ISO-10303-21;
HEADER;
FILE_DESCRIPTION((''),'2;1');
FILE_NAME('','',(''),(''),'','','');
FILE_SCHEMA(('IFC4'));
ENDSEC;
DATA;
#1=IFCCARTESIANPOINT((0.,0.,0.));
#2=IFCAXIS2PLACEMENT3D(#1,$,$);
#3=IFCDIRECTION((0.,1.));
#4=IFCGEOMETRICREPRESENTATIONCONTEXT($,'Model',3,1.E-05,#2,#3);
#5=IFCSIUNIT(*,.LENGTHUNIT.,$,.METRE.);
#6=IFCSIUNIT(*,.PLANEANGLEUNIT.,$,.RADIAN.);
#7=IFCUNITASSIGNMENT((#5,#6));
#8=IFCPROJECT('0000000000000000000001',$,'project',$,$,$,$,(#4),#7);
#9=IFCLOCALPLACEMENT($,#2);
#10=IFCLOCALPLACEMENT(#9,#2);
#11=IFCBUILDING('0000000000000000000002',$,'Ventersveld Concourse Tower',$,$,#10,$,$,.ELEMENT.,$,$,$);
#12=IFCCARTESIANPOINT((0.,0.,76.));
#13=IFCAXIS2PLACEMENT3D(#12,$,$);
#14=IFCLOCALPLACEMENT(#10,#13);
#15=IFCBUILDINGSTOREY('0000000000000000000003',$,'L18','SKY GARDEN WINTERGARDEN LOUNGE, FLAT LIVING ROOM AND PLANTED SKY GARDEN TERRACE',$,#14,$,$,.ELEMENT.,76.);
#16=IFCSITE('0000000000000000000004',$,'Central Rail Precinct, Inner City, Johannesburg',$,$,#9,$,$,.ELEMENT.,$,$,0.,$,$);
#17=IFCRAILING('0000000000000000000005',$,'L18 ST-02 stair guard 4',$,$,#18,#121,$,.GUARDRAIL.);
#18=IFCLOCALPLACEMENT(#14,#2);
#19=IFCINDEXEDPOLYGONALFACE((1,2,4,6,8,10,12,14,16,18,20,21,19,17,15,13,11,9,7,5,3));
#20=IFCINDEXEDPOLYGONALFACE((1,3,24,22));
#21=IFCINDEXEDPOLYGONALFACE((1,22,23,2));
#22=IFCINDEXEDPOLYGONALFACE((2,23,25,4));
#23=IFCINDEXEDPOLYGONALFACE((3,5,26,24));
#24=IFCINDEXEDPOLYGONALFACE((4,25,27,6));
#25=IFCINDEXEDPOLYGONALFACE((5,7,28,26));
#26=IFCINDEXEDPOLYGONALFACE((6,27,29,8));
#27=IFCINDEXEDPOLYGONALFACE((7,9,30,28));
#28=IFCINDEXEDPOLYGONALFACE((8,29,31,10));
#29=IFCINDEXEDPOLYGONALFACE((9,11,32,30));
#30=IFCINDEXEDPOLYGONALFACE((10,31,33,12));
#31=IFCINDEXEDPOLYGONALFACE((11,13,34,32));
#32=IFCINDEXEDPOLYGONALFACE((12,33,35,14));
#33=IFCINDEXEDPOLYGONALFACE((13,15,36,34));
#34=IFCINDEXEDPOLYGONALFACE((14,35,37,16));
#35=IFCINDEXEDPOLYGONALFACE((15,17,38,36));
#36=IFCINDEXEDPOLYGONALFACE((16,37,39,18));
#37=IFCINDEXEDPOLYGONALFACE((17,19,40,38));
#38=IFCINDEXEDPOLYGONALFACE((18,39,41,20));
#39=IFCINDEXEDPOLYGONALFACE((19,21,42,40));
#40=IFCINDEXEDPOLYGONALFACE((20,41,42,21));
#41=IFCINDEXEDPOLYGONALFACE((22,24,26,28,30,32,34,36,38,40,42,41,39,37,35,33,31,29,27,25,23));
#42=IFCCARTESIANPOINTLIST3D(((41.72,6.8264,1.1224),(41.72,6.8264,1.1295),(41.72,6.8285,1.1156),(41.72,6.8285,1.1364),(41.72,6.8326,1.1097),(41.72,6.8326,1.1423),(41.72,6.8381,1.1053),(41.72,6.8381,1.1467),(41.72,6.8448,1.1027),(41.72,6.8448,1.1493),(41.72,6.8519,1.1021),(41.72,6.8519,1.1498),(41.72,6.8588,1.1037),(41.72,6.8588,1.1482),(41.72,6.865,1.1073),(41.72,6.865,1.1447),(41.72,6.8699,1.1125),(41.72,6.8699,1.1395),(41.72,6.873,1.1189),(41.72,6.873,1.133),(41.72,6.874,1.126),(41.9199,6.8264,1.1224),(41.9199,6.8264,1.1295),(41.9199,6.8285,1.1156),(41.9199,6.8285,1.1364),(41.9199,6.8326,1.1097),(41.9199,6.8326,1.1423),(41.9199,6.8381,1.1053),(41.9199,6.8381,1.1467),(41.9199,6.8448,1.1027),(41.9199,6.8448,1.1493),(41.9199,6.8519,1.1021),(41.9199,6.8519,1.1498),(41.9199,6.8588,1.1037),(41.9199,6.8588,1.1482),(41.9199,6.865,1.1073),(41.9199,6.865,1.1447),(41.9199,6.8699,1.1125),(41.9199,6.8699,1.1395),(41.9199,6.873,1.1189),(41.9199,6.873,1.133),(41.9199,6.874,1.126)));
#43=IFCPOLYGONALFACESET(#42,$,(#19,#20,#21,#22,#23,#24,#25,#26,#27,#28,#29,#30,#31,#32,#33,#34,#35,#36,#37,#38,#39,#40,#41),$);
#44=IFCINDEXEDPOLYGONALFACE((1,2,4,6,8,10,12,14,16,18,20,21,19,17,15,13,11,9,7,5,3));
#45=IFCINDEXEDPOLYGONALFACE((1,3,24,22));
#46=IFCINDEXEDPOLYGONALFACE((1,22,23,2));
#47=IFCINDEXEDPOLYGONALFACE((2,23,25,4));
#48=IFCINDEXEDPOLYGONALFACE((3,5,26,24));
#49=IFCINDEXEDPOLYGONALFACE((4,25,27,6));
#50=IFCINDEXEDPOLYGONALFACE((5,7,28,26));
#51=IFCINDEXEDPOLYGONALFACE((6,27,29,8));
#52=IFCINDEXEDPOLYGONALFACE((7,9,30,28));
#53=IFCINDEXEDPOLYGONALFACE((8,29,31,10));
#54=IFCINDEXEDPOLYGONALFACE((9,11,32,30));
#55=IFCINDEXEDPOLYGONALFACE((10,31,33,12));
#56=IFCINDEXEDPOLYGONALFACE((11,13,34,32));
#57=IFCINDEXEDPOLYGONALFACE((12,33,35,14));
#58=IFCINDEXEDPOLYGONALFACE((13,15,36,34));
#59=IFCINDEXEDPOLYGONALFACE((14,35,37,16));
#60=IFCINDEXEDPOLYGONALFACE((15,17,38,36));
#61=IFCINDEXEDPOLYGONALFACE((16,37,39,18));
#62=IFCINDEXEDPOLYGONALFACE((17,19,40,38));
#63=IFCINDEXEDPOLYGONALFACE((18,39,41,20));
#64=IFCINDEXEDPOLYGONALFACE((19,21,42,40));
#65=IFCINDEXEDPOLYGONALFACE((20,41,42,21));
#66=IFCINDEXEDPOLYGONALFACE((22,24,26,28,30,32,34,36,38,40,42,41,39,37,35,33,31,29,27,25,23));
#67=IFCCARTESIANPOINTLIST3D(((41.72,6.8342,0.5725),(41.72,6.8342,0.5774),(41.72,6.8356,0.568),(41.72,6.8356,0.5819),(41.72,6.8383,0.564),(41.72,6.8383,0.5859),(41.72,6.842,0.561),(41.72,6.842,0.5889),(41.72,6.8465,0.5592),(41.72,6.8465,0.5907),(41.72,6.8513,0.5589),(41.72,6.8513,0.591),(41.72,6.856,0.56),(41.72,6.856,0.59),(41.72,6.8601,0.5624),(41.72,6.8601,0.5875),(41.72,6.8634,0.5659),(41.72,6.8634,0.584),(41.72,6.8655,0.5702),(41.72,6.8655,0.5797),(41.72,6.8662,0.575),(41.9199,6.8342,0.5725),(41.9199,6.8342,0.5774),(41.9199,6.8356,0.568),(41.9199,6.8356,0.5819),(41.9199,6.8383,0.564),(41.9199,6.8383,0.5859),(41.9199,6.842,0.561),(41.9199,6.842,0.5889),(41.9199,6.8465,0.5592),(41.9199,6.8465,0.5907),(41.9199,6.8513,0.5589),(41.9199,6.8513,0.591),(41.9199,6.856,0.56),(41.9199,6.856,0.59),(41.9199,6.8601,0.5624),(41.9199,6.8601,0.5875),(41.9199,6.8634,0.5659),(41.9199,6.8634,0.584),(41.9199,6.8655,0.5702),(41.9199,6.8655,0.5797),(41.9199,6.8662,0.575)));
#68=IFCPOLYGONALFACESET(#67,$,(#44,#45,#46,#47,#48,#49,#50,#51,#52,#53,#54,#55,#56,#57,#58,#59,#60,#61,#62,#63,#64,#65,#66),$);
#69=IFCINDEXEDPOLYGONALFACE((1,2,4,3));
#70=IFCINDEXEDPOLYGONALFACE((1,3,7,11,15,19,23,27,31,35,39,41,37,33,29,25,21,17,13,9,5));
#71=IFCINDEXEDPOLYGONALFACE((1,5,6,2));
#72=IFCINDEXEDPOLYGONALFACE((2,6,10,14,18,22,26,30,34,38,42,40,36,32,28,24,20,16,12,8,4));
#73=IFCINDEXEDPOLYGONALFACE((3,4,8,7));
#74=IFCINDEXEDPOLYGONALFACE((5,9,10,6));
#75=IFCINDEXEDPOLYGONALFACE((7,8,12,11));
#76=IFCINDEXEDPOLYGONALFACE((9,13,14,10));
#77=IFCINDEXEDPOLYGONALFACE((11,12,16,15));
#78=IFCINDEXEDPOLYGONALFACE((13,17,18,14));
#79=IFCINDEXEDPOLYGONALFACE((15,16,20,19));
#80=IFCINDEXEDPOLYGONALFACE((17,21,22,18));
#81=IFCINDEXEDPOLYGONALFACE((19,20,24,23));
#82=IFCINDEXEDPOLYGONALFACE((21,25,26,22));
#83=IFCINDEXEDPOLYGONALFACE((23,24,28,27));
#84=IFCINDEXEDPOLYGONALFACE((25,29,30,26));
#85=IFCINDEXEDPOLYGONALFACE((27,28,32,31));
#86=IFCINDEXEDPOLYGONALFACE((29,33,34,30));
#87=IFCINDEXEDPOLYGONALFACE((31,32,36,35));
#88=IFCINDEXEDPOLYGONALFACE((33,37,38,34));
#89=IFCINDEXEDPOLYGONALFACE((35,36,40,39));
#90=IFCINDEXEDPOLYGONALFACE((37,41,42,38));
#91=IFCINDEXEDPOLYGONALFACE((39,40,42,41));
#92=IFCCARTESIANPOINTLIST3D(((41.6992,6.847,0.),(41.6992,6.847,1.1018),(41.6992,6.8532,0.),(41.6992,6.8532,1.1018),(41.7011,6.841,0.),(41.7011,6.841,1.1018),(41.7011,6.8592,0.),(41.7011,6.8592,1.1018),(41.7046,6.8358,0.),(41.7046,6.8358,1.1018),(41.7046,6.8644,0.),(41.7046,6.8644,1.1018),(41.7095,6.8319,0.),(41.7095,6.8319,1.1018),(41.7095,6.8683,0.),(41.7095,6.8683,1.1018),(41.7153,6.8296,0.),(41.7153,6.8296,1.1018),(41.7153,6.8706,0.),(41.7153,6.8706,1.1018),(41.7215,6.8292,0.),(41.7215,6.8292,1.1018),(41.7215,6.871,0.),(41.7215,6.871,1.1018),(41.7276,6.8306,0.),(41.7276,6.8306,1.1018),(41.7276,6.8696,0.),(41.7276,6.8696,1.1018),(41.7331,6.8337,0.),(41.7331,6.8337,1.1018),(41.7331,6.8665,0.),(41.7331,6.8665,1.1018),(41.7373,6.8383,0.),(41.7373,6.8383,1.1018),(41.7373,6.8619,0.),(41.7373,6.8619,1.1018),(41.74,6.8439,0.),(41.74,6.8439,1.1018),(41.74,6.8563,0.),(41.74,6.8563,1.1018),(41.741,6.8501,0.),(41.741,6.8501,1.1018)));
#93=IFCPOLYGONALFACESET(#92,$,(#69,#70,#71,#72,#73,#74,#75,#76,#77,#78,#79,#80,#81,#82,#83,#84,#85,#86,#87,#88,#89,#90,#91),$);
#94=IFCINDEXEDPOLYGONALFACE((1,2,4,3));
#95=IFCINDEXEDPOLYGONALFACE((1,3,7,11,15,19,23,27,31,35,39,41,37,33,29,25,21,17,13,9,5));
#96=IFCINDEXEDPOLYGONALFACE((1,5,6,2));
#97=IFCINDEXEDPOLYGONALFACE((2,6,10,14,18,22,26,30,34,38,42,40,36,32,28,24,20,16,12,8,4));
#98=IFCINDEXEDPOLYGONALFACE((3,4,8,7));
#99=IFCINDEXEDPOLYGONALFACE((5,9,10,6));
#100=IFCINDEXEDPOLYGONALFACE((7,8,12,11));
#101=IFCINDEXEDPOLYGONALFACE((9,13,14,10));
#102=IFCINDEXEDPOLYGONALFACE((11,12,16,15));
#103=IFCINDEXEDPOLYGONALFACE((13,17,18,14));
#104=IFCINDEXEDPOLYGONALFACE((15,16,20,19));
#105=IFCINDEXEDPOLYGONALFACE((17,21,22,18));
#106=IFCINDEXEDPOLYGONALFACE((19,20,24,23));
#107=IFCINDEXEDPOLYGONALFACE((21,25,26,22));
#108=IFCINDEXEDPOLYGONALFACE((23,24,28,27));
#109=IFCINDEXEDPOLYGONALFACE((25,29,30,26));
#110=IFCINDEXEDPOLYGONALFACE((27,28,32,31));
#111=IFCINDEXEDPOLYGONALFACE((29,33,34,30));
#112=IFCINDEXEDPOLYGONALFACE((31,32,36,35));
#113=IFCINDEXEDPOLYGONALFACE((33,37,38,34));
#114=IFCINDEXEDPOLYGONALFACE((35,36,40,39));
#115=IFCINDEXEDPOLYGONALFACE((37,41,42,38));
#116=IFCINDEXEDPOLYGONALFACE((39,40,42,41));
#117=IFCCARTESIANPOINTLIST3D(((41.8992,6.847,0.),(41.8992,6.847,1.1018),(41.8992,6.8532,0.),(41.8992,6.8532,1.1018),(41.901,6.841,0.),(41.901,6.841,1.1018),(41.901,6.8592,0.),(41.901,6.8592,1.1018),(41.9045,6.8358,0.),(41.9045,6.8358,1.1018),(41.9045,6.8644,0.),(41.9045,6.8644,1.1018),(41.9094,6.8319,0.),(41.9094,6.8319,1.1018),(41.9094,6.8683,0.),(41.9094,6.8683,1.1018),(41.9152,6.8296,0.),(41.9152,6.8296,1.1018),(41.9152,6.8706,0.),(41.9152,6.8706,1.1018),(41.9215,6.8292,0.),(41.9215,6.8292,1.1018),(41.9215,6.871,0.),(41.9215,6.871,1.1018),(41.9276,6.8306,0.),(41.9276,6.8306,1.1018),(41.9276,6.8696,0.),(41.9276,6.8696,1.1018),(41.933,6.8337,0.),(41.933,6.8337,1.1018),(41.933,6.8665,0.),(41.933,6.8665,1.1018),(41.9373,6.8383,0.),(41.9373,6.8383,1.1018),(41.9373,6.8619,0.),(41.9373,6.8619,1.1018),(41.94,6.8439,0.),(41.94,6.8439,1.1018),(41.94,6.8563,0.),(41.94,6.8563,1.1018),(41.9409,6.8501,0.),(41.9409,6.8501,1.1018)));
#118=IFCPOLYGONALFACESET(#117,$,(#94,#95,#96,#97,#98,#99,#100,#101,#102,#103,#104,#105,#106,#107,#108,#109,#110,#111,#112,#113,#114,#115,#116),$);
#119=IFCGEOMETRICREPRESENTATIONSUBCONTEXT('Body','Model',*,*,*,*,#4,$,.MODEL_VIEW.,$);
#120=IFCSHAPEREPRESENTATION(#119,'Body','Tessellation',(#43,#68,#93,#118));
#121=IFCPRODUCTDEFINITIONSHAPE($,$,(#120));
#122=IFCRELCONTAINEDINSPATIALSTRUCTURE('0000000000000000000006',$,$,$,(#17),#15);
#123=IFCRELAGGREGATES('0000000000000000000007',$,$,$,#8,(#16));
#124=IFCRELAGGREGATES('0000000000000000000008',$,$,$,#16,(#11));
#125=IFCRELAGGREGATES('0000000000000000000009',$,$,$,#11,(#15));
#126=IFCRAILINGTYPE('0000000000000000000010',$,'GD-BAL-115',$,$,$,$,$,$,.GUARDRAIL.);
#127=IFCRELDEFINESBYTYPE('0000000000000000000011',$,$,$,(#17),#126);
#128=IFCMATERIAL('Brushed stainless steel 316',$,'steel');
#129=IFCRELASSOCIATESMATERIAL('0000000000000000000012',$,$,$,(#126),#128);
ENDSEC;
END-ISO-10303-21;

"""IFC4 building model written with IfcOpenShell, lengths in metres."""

from ifc_helpers import new_model, si_unit, direction, frame, origin, origin_2d, place, context, subcontext, project, spatial, circle, extrude, material, type_object, element, save


model = new_model("IFC4")

# Units and contexts
model_context = context("Model", 3, precision=1e-05, world=origin(), true_north=direction((0.0, 1.0)))
body_context = subcontext(model_context, "Body", "Model", "MODEL_VIEW")
ifc_project = project(units=[si_unit("LENGTHUNIT", "METRE"), si_unit("PLANEANGLEUNIT", "RADIAN")], contexts=[model_context])

# Site, building, storey
site_placement = place(None, origin())
site = spatial("IfcSite", under=ifc_project, at=site_placement, Name="Central Rail Precinct, Inner City, Johannesburg", CompositionType="ELEMENT", RefElevation=0.0)
building_placement = place(site_placement, origin())
building = spatial("IfcBuilding", under=site, at=building_placement, Name="Ventersveld Concourse Tower", CompositionType="ELEMENT")
storey_placement = place(building_placement, frame((0.0, 0.0, 76.0)))
storey = spatial("IfcBuildingStorey", under=building, at=storey_placement, Name="L18", Description="SKY GARDEN WINTERGARDEN LOUNGE, FLAT LIVING ROOM AND PLANTED SKY GARDEN TERRACE", CompositionType="ELEMENT", Elevation=76.0)

# Railing
ifc_material_1 = material(Name="Brushed stainless steel 316", Category="steel")
railing_type_1 = type_object("IfcRailingType", Name="GD-BAL-115", PredefinedType="GUARDRAIL", material=ifc_material_1)
railing_1_placement = place(storey_placement, frame((41.72, 6.8501, 0.0)))
element("IfcRailing", 1, at=railing_1_placement, inside=storey, type_object=railing_type_1, Name="L18 ST-02 stair guard 4", PredefinedType="GUARDRAIL", context=body_context, shape_type="SweptSolid", body=[
    extrude(circle(Radius=0.0239, at=origin_2d()), frame((0.0, 0.0, 1.126), z_axis=(1.0, 0.0, 0.0), x_axis=(0.0, 1.0, 0.0)), (0.0, 0.0, 1.0), 0.2),
    extrude(circle(Radius=0.0161, at=origin_2d()), frame((0.0, 0.0, 0.575), z_axis=(1.0, 0.0, 0.0), x_axis=(0.0, 1.0, 0.0)), (0.0, 0.0, 1.0), 0.2),
    extrude(circle(Radius=0.021, at=origin_2d()), origin(), (0.0, 0.0, 1.0), 1.1018),
    extrude(circle(Radius=0.021, at=origin_2d()), frame((0.2, 0.0, 0.0)), (0.0, 0.0, 1.0), 1.1018),
])

save(model, "model.ifc")
